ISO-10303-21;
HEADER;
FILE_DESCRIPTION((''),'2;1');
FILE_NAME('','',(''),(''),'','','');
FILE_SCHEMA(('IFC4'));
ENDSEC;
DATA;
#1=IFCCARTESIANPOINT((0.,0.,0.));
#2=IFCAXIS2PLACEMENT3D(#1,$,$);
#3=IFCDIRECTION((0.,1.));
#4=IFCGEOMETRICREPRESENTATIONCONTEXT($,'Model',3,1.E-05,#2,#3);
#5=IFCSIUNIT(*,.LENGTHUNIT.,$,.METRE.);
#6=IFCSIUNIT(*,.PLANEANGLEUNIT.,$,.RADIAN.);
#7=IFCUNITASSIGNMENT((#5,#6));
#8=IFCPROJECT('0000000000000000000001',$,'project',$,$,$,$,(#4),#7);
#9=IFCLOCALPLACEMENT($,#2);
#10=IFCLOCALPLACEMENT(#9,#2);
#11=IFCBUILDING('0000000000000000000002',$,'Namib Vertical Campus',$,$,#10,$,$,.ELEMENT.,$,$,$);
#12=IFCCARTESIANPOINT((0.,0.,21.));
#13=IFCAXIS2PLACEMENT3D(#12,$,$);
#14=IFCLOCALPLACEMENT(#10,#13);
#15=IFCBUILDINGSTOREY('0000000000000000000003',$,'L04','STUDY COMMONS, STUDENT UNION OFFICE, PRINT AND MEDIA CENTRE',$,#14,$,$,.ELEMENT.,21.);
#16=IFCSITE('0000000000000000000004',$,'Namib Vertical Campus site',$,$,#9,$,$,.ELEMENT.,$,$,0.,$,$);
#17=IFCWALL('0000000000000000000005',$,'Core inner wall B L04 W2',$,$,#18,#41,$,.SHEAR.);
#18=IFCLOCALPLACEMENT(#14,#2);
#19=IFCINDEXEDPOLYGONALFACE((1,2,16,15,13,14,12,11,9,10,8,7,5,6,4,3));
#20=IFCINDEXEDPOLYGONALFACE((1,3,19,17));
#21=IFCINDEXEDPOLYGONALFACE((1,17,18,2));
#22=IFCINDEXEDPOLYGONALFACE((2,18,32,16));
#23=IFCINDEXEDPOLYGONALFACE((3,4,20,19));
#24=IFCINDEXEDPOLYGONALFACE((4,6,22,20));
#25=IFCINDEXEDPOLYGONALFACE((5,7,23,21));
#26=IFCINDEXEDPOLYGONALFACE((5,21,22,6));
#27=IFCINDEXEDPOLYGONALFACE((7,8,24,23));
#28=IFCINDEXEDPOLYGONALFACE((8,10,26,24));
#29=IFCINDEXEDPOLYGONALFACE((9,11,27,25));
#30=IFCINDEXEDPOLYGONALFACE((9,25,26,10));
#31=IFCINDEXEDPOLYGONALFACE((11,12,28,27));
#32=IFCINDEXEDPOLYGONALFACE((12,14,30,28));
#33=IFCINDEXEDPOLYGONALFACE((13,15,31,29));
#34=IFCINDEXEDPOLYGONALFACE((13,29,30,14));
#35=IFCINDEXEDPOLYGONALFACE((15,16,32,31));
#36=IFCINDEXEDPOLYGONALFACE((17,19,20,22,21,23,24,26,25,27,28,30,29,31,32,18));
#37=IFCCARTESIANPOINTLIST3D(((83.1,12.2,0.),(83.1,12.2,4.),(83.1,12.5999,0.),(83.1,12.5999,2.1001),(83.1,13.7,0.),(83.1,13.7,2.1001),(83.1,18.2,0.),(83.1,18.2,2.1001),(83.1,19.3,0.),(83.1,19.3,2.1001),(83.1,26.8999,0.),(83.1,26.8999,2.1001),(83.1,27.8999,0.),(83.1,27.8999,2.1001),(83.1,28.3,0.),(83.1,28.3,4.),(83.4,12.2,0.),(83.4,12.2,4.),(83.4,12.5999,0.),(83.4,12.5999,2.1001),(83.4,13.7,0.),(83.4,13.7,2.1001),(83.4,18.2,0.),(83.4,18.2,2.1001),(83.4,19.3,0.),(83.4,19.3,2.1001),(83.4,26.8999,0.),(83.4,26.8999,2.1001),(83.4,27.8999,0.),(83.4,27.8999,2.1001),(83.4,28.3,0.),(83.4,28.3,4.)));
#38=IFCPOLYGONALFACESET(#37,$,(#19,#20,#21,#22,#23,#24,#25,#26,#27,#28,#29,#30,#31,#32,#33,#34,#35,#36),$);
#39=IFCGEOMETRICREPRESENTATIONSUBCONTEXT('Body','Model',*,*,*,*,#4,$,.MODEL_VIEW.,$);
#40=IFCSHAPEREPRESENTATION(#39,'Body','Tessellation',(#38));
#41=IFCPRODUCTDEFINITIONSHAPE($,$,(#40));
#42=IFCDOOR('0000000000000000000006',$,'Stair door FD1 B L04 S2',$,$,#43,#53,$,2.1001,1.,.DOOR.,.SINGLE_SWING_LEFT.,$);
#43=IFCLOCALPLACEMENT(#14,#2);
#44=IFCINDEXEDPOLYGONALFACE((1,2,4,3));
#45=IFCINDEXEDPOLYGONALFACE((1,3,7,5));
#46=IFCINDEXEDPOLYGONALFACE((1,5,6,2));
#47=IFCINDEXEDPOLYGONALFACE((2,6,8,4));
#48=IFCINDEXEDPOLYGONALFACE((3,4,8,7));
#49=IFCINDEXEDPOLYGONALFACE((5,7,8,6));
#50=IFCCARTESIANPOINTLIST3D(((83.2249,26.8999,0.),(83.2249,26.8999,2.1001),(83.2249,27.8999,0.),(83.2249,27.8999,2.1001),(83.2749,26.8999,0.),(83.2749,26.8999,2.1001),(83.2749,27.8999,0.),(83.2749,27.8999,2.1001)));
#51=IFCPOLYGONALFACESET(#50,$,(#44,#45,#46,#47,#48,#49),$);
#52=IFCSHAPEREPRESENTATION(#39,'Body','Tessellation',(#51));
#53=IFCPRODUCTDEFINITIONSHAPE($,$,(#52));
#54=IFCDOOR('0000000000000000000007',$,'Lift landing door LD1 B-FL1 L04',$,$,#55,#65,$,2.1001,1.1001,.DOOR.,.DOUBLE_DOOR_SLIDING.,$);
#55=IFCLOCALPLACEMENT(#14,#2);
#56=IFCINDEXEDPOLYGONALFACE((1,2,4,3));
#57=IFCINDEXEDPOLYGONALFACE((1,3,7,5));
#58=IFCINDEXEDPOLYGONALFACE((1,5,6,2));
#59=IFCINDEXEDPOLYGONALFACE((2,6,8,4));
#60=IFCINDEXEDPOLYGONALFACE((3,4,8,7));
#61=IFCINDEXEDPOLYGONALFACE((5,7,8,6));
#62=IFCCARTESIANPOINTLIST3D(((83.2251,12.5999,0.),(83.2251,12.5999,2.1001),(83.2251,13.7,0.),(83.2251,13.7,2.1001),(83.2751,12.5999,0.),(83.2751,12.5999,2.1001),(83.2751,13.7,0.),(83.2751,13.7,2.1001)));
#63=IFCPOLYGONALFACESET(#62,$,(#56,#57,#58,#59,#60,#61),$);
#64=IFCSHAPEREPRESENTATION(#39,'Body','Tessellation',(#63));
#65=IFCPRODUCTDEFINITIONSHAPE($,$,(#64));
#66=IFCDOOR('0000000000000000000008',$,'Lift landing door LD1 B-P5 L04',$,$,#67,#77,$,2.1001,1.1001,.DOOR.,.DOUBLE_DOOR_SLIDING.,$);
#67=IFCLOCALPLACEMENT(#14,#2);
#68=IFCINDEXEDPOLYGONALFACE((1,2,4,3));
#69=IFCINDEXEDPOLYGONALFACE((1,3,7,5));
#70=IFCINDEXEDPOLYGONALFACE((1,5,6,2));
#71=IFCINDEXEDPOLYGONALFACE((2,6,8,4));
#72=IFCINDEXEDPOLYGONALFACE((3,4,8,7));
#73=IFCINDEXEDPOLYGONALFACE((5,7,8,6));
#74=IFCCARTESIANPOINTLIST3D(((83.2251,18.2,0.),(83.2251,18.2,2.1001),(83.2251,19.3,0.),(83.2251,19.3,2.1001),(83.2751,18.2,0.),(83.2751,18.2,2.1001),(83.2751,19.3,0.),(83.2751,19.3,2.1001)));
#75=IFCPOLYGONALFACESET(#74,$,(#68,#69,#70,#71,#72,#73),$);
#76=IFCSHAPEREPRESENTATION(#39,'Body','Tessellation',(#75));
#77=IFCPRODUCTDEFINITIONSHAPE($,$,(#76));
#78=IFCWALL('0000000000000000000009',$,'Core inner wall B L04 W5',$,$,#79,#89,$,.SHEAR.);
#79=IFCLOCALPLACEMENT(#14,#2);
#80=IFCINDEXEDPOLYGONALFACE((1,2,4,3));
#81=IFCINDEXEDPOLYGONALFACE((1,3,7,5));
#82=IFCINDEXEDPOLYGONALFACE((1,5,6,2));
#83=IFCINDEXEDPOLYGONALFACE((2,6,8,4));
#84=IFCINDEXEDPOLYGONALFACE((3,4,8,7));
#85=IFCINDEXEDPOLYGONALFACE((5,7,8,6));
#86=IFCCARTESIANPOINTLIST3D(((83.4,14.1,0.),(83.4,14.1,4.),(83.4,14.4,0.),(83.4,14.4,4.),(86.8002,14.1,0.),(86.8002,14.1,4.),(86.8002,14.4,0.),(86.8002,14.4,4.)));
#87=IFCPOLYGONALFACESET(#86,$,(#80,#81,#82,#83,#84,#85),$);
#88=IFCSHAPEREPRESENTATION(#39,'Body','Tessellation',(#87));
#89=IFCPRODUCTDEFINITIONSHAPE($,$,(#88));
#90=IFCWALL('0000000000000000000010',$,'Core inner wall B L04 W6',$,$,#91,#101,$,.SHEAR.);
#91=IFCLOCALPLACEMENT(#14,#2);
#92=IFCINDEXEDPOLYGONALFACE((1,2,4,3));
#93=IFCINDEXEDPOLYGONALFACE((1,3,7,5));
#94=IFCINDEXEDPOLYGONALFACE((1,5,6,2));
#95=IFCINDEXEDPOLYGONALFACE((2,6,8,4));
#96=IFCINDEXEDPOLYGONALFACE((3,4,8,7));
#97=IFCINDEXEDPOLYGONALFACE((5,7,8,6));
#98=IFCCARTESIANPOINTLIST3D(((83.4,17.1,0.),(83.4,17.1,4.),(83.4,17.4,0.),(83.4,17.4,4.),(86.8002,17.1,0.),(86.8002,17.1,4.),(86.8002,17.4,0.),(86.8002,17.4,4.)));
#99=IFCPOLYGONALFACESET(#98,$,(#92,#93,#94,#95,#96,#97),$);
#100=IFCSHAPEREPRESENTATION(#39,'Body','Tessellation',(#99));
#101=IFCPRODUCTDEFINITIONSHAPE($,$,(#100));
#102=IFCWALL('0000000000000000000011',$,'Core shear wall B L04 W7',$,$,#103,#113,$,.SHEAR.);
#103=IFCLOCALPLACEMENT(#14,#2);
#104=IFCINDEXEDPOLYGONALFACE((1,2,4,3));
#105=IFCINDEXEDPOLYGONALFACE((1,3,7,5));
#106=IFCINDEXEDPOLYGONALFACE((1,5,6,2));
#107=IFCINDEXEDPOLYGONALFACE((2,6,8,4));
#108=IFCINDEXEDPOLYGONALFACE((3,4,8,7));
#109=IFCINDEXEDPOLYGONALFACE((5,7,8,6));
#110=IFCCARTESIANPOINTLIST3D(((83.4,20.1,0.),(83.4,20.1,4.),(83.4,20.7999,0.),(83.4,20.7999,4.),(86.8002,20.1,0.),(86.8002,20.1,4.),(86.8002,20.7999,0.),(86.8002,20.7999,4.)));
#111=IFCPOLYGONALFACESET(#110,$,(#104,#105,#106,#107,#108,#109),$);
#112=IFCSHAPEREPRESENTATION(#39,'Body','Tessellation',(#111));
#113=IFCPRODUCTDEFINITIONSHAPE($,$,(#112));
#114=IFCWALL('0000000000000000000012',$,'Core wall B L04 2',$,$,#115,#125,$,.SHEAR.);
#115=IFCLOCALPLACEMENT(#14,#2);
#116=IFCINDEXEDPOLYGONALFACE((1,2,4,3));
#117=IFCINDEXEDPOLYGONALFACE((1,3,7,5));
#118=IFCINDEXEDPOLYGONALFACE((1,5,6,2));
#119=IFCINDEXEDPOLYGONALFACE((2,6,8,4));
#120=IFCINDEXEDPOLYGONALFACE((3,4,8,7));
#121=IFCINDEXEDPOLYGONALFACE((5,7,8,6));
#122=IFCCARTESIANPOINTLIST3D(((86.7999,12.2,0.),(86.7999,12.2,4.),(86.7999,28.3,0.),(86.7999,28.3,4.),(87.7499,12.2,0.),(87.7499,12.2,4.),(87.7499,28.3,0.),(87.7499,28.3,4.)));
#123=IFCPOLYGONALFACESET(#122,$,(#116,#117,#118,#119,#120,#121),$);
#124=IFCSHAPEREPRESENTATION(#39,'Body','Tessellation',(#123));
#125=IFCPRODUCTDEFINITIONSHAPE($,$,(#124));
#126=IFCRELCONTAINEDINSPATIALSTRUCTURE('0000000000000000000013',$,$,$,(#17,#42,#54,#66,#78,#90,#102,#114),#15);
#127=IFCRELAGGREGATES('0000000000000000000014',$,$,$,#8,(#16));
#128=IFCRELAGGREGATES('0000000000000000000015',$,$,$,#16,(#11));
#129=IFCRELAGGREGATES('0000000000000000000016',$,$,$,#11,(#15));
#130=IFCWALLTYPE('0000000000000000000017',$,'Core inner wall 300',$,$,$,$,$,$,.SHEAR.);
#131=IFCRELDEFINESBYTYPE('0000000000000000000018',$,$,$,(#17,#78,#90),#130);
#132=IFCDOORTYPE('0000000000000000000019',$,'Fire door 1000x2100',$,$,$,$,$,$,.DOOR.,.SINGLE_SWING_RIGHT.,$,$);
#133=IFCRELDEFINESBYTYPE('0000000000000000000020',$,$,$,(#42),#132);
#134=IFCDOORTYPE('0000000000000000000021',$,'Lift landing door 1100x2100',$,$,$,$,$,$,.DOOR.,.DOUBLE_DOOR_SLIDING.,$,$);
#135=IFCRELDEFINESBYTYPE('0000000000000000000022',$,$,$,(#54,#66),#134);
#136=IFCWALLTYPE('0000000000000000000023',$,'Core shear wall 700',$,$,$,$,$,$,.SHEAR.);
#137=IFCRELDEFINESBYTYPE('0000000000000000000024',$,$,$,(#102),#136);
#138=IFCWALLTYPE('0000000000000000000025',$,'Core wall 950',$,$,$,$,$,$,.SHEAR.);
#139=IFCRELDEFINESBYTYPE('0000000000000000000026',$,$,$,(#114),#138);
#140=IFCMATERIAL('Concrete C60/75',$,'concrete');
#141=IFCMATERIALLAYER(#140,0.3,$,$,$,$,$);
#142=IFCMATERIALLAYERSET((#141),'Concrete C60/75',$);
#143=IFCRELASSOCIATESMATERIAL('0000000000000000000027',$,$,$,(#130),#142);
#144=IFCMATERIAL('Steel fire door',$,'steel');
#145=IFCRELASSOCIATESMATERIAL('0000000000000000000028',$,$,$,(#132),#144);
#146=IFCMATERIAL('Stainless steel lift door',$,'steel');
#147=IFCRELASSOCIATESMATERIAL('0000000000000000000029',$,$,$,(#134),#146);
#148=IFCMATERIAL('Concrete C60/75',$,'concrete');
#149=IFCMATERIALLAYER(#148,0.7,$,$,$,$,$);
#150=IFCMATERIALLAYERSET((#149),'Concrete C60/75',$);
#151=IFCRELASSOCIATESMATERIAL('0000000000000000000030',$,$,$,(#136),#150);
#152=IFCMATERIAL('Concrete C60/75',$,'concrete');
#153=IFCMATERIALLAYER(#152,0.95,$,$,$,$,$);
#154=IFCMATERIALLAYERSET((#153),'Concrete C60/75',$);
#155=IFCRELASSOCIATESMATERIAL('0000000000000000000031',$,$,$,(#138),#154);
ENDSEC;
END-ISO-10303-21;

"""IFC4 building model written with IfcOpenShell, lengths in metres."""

from ifc_helpers import new_model, si_unit, direction, frame, frame_2d, origin, place, context, subcontext, project, spatial, rectangle, extrude, material, layer, layer_set, type_object, element, fill, save


model = new_model("IFC4")

# Units and contexts
model_context = context("Model", 3, precision=1e-05, world=origin(), true_north=direction((0.0, 1.0)))
body_context = subcontext(model_context, "Body", "Model", "MODEL_VIEW")
ifc_project = project(units=[si_unit("LENGTHUNIT", "METRE"), si_unit("PLANEANGLEUNIT", "RADIAN")], contexts=[model_context])

# Site, building, storey
site_placement = place(None, origin())
site = spatial("IfcSite", under=ifc_project, at=site_placement, Name="Namib Vertical Campus site", CompositionType="ELEMENT", RefElevation=0.0)
building_placement = place(site_placement, origin())
building = spatial("IfcBuilding", under=site, at=building_placement, Name="Namib Vertical Campus", CompositionType="ELEMENT")
storey_placement = place(building_placement, frame((0.0, 0.0, 21.0)))
storey = spatial("IfcBuildingStorey", under=building, at=storey_placement, Name="L04", Description="STUDY COMMONS, STUDENT UNION OFFICE, PRINT AND MEDIA CENTRE", CompositionType="ELEMENT", Elevation=21.0)

# Wall, openings, doors
ifc_material_1 = material(Name="Concrete C60/75", Category="concrete")
ifc_layer_1 = layer(ifc_material_1, 0.3)
ifc_layer_set_1 = layer_set([ifc_layer_1], Name="Concrete C60/75")
wall_type_1 = type_object("IfcWallType", Name="Core inner wall 300", PredefinedType="SHEAR", material=ifc_layer_set_1)
wall_1_placement = place(storey_placement, frame((83.25, 12.2, 0.0), z_axis=(0.0, 0.0, 1.0), x_axis=(0.0, 1.0, 0.0)))
wall_1 = element("IfcWall", 1, at=wall_1_placement, inside=storey, type_object=wall_type_1, Name="Core inner wall B L04 W2", PredefinedType="SHEAR", context=body_context, shape_type="SweptSolid", body=[
    extrude(rectangle(XDim=16.1001, YDim=0.3, at=frame_2d((8.05, 0.0))), origin(), (0.0, 0.0, 1.0), 4.0),
])
opening_1_placement = place(wall_1_placement, frame((14.7, 0.0, 0.0)))
opening_1 = element("IfcOpeningElement", 2, at=opening_1_placement, cuts=wall_1, PredefinedType="OPENING", context=body_context, shape_type="SweptSolid", body=[
    extrude(rectangle(XDim=1.0, YDim=2.1001, at=frame_2d((0.5, 1.05))), frame((0.0, 0.1599, 0.0), z_axis=(0.0, -1.0, 0.0), x_axis=(1.0, 0.0, 0.0)), (0.0, 0.0, 1.0), 0.3201),
])
opening_2_placement = place(wall_1_placement, frame((0.3999, 0.0, 0.0)))
opening_2 = element("IfcOpeningElement", 3, at=opening_2_placement, cuts=wall_1, PredefinedType="OPENING", context=body_context, shape_type="SweptSolid", body=[
    extrude(rectangle(XDim=1.1001, YDim=2.1001, at=frame_2d((0.55, 1.05))), frame((0.0, 0.1599, 0.0), z_axis=(0.0, -1.0, 0.0), x_axis=(1.0, 0.0, 0.0)), (0.0, 0.0, 1.0), 0.3201),
])
opening_3_placement = place(wall_1_placement, frame((6.0, 0.0, 0.0)))
opening_3 = element("IfcOpeningElement", 4, at=opening_3_placement, cuts=wall_1, PredefinedType="OPENING", context=body_context, shape_type="SweptSolid", body=[
    extrude(rectangle(XDim=1.1001, YDim=2.1001, at=frame_2d((0.55, 1.05))), frame((0.0, 0.1599, 0.0), z_axis=(0.0, -1.0, 0.0), x_axis=(1.0, 0.0, 0.0)), (0.0, 0.0, 1.0), 0.3201),
])
ifc_material_2 = material(Name="Steel fire door", Category="steel")
door_type_1 = type_object("IfcDoorType", Name="Fire door 1000x2100", OperationType="SINGLE_SWING_RIGHT", PredefinedType="DOOR", material=ifc_material_2)
door_1_placement = place(opening_1_placement, frame((1.0, 0.0, 0.0), z_axis=(0.0, 0.0, 1.0), x_axis=(-1.0, 0.0, 0.0)))
door_1 = element("IfcDoor", 5, at=door_1_placement, inside=storey, type_object=door_type_1, Name="Stair door FD1 B L04 S2", OperationType="SINGLE_SWING_LEFT", OverallHeight=2.1001, OverallWidth=1.0, PredefinedType="DOOR", context=body_context, shape_type="SweptSolid", body=[
    extrude(rectangle(XDim=1.0, YDim=2.1001, at=frame_2d((0.5, 1.05))), frame((0.0, 0.0249, 0.0), z_axis=(0.0, -1.0, 0.0), x_axis=(1.0, 0.0, 0.0)), (0.0, 0.0, 1.0), 0.05),
])
fill(opening_1, door_1)
ifc_material_3 = material(Name="Stainless steel lift door", Category="steel")
door_type_2 = type_object("IfcDoorType", Name="Lift landing door 1100x2100", OperationType="DOUBLE_DOOR_SLIDING", PredefinedType="DOOR", material=ifc_material_3)
door_2_placement = place(opening_2_placement, origin())
door_2 = element("IfcDoor", 6, at=door_2_placement, inside=storey, type_object=door_type_2, Name="Lift landing door LD1 B-FL1 L04", OperationType="DOUBLE_DOOR_SLIDING", OverallHeight=2.1001, OverallWidth=1.1001, PredefinedType="DOOR", context=body_context, shape_type="SweptSolid", body=[
    extrude(rectangle(XDim=1.1001, YDim=2.1001, at=frame_2d((0.55, 1.05))), frame((0.0, 0.0249, 0.0), z_axis=(0.0, -1.0, 0.0), x_axis=(1.0, 0.0, 0.0)), (0.0, 0.0, 1.0), 0.05),
])
fill(opening_2, door_2)
door_3_placement = place(opening_3_placement, origin())
door_3 = element("IfcDoor", 7, at=door_3_placement, inside=storey, type_object=door_type_2, Name="Lift landing door LD1 B-P5 L04", OperationType="DOUBLE_DOOR_SLIDING", OverallHeight=2.1001, OverallWidth=1.1001, PredefinedType="DOOR", context=body_context, shape_type="SweptSolid", body=[
    extrude(rectangle(XDim=1.1001, YDim=2.1001, at=frame_2d((0.55, 1.05))), frame((0.0, 0.0249, 0.0), z_axis=(0.0, -1.0, 0.0), x_axis=(1.0, 0.0, 0.0)), (0.0, 0.0, 1.0), 0.05),
])
fill(opening_3, door_3)

# Walls
for number, where, z_axis, x_axis, name in (
    (8, (83.3999, 14.25, 0.0), (0.0, 0.0, 1.0), (1.0, 0.0, 0.0), "Core inner wall B L04 W5"),
    (9, (83.3999, 17.25, 0.0), (0.0, 0.0, 1.0), (1.0, 0.0, 0.0), "Core inner wall B L04 W6"),
):
    element("IfcWall", number, at=place(storey_placement, frame(where, z_axis=z_axis, x_axis=x_axis)), inside=storey, type_object=wall_type_1, Name=name, PredefinedType="SHEAR", context=body_context, shape_type="SweptSolid", body=[
        extrude(rectangle(XDim=3.4001, YDim=0.3, at=frame_2d((1.7002, 0.0))), origin(), (0.0, 0.0, 1.0), 4.0),
    ])
ifc_material_4 = material(Name="Concrete C60/75", Category="concrete")
ifc_layer_2 = layer(ifc_material_4, 0.7)
ifc_layer_set_2 = layer_set([ifc_layer_2], Name="Concrete C60/75")
wall_type_2 = type_object("IfcWallType", Name="Core shear wall 700", PredefinedType="SHEAR", material=ifc_layer_set_2)
wall_2_placement = place(storey_placement, frame((83.3999, 20.45, 0.0), z_axis=(0.0, 0.0, 1.0), x_axis=(1.0, 0.0, 0.0)))
element("IfcWall", 10, at=wall_2_placement, inside=storey, type_object=wall_type_2, Name="Core shear wall B L04 W7", PredefinedType="SHEAR", context=body_context, shape_type="SweptSolid", body=[
    extrude(rectangle(XDim=3.4001, YDim=0.7, at=frame_2d((1.7002, 0.0))), origin(), (0.0, 0.0, 1.0), 4.0),
])
ifc_material_5 = material(Name="Concrete C60/75", Category="concrete")
ifc_layer_3 = layer(ifc_material_5, 0.95)
ifc_layer_set_3 = layer_set([ifc_layer_3], Name="Concrete C60/75")
wall_type_3 = type_object("IfcWallType", Name="Core wall 950", PredefinedType="SHEAR", material=ifc_layer_set_3)
wall_3_placement = place(storey_placement, frame((87.2749, 12.2, 0.0), z_axis=(0.0, 0.0, 1.0), x_axis=(0.0, 1.0, 0.0)))
element("IfcWall", 11, at=wall_3_placement, inside=storey, type_object=wall_type_3, Name="Core wall B L04 2", PredefinedType="SHEAR", context=body_context, shape_type="SweptSolid", body=[
    extrude(rectangle(XDim=16.1001, YDim=0.95, at=frame_2d((8.05, 0.0))), origin(), (0.0, 0.0, 1.0), 4.0),
])

save(model, "model.ifc")
